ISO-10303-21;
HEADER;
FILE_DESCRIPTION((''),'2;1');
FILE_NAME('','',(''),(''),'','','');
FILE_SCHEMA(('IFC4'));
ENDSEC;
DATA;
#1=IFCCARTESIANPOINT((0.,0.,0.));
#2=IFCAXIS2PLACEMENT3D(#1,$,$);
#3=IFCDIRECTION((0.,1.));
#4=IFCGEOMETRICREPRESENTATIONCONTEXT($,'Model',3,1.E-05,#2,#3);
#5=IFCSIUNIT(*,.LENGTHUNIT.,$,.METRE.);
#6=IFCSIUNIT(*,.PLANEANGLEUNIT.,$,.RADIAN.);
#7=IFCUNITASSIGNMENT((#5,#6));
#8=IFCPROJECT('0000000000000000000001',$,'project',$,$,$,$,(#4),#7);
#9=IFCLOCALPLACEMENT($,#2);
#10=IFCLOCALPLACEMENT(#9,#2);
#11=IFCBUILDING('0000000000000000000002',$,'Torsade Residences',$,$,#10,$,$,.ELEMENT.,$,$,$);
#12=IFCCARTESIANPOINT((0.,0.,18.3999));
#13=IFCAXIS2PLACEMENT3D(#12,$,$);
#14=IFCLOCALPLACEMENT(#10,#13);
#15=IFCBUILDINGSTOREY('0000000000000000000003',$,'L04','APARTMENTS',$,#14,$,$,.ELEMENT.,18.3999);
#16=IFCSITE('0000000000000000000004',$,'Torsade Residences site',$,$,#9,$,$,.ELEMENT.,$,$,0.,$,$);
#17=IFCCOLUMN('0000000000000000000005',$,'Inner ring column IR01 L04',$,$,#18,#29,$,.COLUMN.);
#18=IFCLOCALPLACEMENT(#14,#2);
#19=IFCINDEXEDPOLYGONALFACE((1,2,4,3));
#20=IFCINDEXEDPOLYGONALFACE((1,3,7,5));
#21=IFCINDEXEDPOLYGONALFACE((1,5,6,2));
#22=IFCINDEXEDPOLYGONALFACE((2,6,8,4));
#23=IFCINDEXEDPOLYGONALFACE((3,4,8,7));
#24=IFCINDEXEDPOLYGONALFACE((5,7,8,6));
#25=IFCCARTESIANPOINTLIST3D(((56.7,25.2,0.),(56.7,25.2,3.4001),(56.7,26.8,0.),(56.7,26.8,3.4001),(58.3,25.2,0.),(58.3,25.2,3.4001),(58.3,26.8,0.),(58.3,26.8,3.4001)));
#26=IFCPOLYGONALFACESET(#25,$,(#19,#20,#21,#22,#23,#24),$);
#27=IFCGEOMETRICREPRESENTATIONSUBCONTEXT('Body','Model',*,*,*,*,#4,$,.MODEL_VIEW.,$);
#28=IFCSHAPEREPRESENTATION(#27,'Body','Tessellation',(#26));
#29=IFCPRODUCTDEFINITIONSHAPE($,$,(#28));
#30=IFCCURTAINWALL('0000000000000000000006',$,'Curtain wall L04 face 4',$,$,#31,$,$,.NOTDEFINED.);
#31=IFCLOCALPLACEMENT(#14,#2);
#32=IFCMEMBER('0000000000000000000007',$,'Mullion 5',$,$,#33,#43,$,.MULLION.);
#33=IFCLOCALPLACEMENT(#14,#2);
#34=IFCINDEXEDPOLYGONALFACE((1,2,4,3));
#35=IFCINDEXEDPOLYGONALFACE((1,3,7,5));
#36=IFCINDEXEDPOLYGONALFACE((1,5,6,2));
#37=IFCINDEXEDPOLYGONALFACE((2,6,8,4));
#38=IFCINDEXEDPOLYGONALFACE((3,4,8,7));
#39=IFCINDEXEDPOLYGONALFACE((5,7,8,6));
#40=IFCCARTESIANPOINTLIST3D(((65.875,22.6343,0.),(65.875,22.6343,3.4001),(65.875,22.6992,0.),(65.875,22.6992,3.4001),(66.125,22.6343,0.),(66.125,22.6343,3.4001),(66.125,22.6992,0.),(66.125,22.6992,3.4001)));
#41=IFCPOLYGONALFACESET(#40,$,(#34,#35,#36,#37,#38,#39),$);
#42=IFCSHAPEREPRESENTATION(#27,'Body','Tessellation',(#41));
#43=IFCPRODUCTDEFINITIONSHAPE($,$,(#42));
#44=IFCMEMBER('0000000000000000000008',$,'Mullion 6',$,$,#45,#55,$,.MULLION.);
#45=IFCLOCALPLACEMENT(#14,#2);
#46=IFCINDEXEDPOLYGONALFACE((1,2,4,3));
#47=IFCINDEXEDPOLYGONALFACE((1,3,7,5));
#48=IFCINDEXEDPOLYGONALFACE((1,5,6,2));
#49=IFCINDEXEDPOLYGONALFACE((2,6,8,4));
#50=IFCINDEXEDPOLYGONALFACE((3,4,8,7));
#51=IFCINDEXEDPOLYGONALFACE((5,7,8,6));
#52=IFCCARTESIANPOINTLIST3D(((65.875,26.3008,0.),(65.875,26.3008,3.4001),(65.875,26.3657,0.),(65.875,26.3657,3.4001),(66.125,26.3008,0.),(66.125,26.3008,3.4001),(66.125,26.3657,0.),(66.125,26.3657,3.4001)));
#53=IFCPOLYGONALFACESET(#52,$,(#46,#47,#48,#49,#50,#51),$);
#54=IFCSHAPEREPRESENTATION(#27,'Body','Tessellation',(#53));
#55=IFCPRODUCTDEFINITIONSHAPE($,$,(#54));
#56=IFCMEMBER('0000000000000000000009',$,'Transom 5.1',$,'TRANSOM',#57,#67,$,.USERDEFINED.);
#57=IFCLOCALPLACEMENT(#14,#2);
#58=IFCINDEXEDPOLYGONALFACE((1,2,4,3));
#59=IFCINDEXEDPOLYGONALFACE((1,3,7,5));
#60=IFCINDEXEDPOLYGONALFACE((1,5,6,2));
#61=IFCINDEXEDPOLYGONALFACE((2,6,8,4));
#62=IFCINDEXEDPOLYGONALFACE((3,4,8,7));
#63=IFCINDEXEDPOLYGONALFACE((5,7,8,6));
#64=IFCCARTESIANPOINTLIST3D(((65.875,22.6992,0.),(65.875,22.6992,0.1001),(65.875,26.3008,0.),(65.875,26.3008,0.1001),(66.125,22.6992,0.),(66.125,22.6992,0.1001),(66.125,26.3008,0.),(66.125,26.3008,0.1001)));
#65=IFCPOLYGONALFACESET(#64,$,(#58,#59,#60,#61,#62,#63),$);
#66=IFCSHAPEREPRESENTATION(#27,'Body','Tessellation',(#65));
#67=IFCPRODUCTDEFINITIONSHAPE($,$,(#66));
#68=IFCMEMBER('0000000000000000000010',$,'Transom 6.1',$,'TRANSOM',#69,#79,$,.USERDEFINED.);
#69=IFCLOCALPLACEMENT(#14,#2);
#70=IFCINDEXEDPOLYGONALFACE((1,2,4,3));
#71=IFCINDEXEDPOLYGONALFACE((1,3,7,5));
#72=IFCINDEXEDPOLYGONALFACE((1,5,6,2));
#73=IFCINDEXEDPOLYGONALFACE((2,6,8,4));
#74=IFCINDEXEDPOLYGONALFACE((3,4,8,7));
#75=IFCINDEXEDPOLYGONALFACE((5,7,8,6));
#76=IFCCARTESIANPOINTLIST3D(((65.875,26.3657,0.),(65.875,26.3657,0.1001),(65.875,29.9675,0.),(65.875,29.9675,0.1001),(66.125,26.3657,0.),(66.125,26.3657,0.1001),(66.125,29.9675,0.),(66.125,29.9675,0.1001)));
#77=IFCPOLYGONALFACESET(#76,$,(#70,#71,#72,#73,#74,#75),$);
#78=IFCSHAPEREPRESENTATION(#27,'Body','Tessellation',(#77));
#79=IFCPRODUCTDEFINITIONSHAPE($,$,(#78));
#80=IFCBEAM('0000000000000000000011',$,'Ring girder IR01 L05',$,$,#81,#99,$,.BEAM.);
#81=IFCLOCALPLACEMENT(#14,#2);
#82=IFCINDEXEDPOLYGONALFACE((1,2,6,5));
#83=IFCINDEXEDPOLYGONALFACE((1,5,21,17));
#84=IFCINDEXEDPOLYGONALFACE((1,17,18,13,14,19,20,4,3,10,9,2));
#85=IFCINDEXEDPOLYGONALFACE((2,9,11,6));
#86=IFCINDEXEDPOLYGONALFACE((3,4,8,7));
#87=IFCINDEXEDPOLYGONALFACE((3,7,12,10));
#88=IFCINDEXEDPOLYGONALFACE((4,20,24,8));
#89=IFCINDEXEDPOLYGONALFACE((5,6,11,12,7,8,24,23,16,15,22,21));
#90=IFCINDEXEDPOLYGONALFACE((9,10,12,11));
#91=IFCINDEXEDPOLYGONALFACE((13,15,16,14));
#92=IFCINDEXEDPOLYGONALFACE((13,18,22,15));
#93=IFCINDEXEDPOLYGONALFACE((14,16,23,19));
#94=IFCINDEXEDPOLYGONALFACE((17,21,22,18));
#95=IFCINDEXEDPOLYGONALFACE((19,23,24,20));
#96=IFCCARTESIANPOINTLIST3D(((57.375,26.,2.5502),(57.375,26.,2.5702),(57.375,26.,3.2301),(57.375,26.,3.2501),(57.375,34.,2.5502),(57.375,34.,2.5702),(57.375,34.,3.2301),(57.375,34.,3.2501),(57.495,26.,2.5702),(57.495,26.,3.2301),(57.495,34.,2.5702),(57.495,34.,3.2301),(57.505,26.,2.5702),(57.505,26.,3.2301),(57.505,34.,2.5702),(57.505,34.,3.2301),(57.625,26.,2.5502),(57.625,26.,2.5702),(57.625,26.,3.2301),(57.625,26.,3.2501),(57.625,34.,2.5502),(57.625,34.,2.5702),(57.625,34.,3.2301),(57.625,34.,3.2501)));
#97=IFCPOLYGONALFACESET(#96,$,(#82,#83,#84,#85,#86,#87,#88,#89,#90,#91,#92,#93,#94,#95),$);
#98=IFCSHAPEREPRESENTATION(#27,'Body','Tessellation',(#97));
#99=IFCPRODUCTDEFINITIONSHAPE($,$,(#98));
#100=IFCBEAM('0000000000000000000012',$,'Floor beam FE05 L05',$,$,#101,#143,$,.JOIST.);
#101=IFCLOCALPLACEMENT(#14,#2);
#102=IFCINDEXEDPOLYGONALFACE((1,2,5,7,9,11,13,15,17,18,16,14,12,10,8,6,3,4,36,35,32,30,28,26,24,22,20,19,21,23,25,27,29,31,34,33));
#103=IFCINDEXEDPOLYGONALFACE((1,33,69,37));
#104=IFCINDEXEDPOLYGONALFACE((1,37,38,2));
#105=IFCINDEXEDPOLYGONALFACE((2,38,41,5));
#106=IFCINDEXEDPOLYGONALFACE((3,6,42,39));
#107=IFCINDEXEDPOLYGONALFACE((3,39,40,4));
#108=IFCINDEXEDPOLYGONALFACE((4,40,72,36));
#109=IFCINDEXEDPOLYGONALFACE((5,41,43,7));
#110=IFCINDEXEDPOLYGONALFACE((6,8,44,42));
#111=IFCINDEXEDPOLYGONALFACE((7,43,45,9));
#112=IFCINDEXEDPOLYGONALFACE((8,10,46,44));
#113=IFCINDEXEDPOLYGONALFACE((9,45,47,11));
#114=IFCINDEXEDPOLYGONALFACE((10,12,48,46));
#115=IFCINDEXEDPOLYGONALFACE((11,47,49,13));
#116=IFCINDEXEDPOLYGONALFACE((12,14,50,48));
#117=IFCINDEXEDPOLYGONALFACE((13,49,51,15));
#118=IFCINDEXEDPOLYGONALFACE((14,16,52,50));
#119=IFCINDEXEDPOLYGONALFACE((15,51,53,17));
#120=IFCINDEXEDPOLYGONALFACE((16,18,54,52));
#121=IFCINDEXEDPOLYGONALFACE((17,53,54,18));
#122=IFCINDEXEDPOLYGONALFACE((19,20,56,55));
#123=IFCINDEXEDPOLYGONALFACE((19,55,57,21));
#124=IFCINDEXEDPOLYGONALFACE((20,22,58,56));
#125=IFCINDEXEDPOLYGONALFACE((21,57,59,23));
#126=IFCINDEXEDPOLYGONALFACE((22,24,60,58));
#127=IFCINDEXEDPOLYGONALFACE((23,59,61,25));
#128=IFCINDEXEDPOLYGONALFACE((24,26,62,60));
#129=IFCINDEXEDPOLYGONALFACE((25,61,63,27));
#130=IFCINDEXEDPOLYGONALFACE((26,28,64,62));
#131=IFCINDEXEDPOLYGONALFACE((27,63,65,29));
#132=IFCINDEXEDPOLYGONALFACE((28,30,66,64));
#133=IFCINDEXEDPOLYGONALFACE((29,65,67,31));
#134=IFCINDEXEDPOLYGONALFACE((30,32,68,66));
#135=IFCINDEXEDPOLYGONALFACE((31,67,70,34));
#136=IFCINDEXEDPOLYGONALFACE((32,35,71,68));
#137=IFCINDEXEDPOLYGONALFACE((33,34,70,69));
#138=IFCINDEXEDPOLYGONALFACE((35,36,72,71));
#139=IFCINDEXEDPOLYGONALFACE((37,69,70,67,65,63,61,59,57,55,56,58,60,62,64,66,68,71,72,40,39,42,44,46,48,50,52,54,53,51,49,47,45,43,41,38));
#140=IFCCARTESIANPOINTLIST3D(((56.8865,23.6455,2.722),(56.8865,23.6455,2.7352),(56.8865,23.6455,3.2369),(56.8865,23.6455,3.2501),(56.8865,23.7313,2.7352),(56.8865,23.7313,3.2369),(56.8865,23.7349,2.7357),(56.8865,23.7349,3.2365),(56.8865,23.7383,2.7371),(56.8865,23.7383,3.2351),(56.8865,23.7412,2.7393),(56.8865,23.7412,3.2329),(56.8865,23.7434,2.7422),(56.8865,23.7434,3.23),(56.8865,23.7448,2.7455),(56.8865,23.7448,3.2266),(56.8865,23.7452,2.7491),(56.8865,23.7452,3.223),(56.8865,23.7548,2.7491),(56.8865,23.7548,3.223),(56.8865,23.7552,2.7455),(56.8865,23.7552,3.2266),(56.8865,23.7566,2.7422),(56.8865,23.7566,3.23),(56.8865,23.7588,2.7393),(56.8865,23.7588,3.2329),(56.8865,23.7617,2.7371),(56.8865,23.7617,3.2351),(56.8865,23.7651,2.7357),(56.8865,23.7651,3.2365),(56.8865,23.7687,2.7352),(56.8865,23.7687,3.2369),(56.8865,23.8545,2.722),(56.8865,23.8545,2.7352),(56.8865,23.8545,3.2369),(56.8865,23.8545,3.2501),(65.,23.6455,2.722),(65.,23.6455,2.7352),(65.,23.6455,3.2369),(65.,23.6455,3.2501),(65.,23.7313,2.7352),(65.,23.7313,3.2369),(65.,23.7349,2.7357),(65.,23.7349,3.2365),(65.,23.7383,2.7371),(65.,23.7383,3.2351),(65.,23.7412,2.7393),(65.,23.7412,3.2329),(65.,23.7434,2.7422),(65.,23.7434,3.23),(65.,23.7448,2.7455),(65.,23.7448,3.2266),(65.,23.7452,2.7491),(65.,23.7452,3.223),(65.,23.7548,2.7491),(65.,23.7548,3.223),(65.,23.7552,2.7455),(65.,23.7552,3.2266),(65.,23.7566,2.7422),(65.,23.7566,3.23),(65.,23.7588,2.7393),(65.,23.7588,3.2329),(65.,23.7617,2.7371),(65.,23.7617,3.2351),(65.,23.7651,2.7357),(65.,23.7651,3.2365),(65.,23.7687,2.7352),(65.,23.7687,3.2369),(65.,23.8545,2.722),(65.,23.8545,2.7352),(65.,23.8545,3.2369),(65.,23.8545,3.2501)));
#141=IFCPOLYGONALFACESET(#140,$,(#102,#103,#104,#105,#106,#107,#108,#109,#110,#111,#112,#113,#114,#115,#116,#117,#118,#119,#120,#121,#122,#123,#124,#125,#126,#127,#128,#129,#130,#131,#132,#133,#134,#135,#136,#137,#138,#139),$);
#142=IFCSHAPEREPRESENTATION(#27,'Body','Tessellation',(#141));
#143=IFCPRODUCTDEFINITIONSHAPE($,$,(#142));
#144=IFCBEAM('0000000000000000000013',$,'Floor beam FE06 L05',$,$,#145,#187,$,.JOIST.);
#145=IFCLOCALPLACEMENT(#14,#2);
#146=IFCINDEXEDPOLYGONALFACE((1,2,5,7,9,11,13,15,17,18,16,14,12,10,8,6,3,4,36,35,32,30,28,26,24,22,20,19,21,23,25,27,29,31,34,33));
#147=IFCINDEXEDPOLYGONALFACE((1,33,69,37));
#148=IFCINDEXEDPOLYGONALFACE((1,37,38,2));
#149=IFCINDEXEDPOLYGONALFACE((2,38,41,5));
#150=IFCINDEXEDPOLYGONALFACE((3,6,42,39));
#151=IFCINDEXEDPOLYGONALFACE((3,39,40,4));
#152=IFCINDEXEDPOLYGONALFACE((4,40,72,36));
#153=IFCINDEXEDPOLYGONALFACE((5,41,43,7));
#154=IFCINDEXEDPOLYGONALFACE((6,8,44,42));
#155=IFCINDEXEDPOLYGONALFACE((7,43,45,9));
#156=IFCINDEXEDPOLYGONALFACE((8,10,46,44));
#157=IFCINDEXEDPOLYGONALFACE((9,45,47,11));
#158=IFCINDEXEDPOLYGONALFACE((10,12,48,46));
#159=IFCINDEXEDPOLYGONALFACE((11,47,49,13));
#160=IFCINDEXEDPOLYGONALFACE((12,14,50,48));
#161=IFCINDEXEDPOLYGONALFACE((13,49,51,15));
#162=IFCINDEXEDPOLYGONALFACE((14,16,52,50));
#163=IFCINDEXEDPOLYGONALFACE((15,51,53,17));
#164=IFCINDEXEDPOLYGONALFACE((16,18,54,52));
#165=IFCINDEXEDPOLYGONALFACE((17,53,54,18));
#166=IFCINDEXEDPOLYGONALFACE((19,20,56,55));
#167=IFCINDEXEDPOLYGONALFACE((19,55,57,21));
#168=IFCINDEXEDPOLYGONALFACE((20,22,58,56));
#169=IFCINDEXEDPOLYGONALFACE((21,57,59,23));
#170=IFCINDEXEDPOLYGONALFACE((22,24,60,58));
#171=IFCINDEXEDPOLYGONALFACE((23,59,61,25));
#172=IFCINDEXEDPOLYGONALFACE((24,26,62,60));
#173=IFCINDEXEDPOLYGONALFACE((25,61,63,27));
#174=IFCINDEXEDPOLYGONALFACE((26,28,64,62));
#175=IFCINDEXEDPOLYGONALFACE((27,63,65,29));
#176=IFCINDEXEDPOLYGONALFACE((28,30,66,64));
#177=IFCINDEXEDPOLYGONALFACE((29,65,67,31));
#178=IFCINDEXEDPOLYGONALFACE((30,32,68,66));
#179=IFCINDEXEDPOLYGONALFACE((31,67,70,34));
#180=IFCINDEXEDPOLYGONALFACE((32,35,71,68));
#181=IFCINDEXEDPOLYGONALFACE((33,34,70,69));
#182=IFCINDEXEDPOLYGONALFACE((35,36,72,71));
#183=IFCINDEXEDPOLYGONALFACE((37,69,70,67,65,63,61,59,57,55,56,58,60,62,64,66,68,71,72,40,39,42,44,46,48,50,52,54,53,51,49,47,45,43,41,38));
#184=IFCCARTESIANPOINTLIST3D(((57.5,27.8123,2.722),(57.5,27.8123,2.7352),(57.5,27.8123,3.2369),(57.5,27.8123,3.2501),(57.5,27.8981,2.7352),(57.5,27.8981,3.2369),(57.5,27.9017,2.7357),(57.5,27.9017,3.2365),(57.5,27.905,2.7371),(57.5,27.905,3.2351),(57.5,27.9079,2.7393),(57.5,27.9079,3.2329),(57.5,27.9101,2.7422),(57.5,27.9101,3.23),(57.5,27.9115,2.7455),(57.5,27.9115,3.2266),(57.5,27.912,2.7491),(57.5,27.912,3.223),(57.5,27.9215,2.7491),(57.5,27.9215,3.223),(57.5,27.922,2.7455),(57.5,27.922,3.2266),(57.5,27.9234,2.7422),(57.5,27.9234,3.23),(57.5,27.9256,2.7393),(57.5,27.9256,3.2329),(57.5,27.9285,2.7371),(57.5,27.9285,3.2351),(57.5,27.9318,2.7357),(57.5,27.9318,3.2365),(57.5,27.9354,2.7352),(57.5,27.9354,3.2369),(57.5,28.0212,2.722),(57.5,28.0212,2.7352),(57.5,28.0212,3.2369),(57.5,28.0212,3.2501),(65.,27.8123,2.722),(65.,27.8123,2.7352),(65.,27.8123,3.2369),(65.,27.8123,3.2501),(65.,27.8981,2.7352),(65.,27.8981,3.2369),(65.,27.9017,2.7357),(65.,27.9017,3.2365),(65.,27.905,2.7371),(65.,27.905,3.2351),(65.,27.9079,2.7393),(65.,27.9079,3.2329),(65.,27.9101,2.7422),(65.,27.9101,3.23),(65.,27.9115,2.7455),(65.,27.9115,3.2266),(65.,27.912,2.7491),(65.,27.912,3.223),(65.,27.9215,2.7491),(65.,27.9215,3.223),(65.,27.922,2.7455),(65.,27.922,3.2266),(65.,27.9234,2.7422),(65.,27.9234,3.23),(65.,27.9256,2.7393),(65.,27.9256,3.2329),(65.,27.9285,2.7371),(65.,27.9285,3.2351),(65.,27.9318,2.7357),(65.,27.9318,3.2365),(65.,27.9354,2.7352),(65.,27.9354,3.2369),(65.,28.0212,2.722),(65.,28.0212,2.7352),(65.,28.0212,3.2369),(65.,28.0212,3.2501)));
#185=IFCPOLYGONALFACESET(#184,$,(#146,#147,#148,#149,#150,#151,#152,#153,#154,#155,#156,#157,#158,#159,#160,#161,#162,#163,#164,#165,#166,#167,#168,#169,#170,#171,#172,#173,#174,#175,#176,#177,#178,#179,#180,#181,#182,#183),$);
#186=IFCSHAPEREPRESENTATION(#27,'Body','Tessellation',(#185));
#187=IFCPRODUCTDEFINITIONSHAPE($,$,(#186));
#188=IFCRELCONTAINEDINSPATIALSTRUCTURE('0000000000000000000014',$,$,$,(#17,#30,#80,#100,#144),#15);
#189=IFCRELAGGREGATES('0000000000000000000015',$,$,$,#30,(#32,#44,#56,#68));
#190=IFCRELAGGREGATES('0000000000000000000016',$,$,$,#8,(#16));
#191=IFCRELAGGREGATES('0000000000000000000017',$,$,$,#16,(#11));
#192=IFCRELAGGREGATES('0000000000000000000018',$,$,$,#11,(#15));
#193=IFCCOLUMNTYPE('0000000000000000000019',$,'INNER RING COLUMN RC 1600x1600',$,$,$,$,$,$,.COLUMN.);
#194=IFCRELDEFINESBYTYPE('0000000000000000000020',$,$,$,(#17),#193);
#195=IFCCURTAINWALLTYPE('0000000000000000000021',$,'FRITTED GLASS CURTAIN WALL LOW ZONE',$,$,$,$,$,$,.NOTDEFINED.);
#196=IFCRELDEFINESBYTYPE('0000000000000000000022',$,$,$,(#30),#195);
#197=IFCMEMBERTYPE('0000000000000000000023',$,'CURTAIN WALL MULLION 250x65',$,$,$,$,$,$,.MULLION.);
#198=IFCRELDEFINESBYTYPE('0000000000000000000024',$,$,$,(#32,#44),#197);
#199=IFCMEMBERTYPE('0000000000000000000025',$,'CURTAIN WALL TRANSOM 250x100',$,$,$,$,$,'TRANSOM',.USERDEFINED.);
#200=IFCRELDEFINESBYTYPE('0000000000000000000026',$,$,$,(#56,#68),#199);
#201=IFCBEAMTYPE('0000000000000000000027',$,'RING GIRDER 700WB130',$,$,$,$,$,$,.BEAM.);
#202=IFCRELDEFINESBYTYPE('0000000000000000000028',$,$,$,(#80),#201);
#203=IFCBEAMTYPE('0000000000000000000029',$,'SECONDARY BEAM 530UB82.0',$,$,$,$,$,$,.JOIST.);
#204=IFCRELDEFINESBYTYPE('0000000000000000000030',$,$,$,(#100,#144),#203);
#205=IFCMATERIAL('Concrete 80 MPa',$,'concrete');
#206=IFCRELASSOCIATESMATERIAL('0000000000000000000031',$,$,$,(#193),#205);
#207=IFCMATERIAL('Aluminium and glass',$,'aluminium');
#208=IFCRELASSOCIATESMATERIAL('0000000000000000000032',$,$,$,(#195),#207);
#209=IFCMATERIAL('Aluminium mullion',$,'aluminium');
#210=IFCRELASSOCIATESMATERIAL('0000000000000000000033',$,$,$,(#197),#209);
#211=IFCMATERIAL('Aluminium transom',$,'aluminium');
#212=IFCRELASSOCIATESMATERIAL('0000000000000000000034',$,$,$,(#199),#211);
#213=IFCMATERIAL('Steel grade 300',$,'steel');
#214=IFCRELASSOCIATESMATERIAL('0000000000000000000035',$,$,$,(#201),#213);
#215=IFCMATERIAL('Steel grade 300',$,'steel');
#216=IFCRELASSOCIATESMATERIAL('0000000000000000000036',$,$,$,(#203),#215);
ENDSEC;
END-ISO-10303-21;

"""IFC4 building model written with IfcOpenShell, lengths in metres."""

from ifc_helpers import new_model, si_unit, direction, frame, origin, origin_2d, place, context, subcontext, project, spatial, rectangle, i_section, extrude, material, material_profile, profile_set, type_object, element, aggregate, save


model = new_model("IFC4")

# Units and contexts
model_context = context("Model", 3, precision=1e-05, world=origin(), true_north=direction((0.0, 1.0)))
body_context = subcontext(model_context, "Body", "Model", "MODEL_VIEW")
ifc_project = project(units=[si_unit("LENGTHUNIT", "METRE"), si_unit("PLANEANGLEUNIT", "RADIAN")], contexts=[model_context])

# Site, building, storey
site_placement = place(None, origin())
site = spatial("IfcSite", under=ifc_project, at=site_placement, Name="Torsade Residences site", CompositionType="ELEMENT", RefElevation=0.0)
building_placement = place(site_placement, origin())
building = spatial("IfcBuilding", under=site, at=building_placement, Name="Torsade Residences", CompositionType="ELEMENT")
storey_placement = place(building_placement, frame((0.0, 0.0, 18.3999)))
storey = spatial("IfcBuildingStorey", under=building, at=storey_placement, Name="L04", Description="APARTMENTS", CompositionType="ELEMENT", Elevation=18.3999)

# Column
ifc_material_1 = material(Name="Concrete 80 MPa", Category="concrete")
ifc_material_profile_1 = material_profile(ifc_material_1, rectangle(XDim=1.6001, YDim=1.6001, at=origin_2d()), Name="RC 1600x1600")
ifc_profile_set_1 = profile_set([ifc_material_profile_1], Name="Concrete 80 MPa")
column_type = type_object("IfcColumnType", Name="INNER RING COLUMN RC 1600x1600", PredefinedType="COLUMN", material=ifc_profile_set_1)
column_placement = place(storey_placement, frame((57.5, 26.0, 0.0), z_axis=(0.0, 0.0, 1.0), x_axis=(1.0, 0.0, 0.0)))
element("IfcColumn", 1, at=column_placement, inside=storey, type_object=column_type, Name="Inner ring column IR01 L04", PredefinedType="COLUMN", context=body_context, shape_type="SweptSolid", body=[
    extrude(rectangle(XDim=1.6001, YDim=1.6001, at=origin_2d()), origin(), (0.0, 0.0, 1.0), 3.4001),
])

# Curtain wall, members
ifc_material_2 = material(Name="Aluminium and glass", Category="aluminium")
curtain_wall_type = type_object("IfcCurtainWallType", Name="FRITTED GLASS CURTAIN WALL LOW ZONE", PredefinedType="NOTDEFINED", material=ifc_material_2)
curtain_wall_placement = place(storey_placement, origin())
curtain_wall = element("IfcCurtainWall", 2, at=curtain_wall_placement, inside=storey, type_object=curtain_wall_type, Name="Curtain wall L04 face 4", PredefinedType="NOTDEFINED")
ifc_material_3 = material(Name="Aluminium mullion", Category="aluminium")
ifc_material_profile_2 = material_profile(ifc_material_3, rectangle(XDim=0.25, YDim=0.0649, at=origin_2d()), Name="CURTAIN WALL MULLION 250x65")
ifc_profile_set_2 = profile_set([ifc_material_profile_2], Name="Aluminium mullion")
member_type_1 = type_object("IfcMemberType", Name="CURTAIN WALL MULLION 250x65", PredefinedType="MULLION", material=ifc_profile_set_2)
member_1_placement = place(storey_placement, frame((66.0, 22.6667, 0.0), z_axis=(0.0, 0.0, 1.0), x_axis=(-1.0, 0.0, 0.0)))
member_1 = element("IfcMember", 3, at=member_1_placement, type_object=member_type_1, Name="Mullion 5", PredefinedType="MULLION", context=body_context, shape_type="SweptSolid", body=[
    extrude(rectangle(XDim=0.25, YDim=0.0649, at=origin_2d()), origin(), (0.0, 0.0, 1.0), 3.4001),
])
member_2_placement = place(storey_placement, frame((66.0, 26.3333, 0.0), z_axis=(0.0, 0.0, 1.0), x_axis=(-1.0, 0.0, 0.0)))
member_2 = element("IfcMember", 4, at=member_2_placement, type_object=member_type_1, Name="Mullion 6", PredefinedType="MULLION", context=body_context, shape_type="SweptSolid", body=[
    extrude(rectangle(XDim=0.25, YDim=0.0649, at=origin_2d()), origin(), (0.0, 0.0, 1.0), 3.4001),
])
ifc_material_4 = material(Name="Aluminium transom", Category="aluminium")
ifc_material_profile_3 = material_profile(ifc_material_4, rectangle(XDim=0.25, YDim=0.1001, at=origin_2d()), Name="CURTAIN WALL TRANSOM 250x100")
ifc_profile_set_3 = profile_set([ifc_material_profile_3], Name="Aluminium transom")
member_type_2 = type_object("IfcMemberType", Name="CURTAIN WALL TRANSOM 250x100", ElementType="TRANSOM", PredefinedType="USERDEFINED", material=ifc_profile_set_3)
member_3_placement = place(storey_placement, frame((66.0, 22.6992, 0.05), z_axis=(0.0, 1.0, 0.0), x_axis=(-1.0, 0.0, 0.0)))
member_3 = element("IfcMember", 5, at=member_3_placement, type_object=member_type_2, Name="Transom 5.1", ObjectType="TRANSOM", PredefinedType="USERDEFINED", context=body_context, shape_type="SweptSolid", body=[
    extrude(rectangle(XDim=0.25, YDim=0.1001, at=origin_2d()), origin(), (0.0, 0.0, 1.0), 3.6016),
])
member_4_placement = place(storey_placement, frame((66.0, 26.3657, 0.05), z_axis=(0.0, 1.0, 0.0), x_axis=(-1.0, 0.0, 0.0)))
member_4 = element("IfcMember", 6, at=member_4_placement, type_object=member_type_2, Name="Transom 6.1", ObjectType="TRANSOM", PredefinedType="USERDEFINED", context=body_context, shape_type="SweptSolid", body=[
    extrude(rectangle(XDim=0.25, YDim=0.1001, at=origin_2d()), origin(), (0.0, 0.0, 1.0), 3.6018),
])

# Beams
ifc_material_5 = material(Name="Steel grade 300", Category="steel")
ifc_material_profile_4 = material_profile(ifc_material_5, i_section(OverallWidth=0.25, OverallDepth=0.7, WebThickness=0.01, FlangeThickness=0.02, at=origin_2d()), Name="700WB130")
ifc_profile_set_4 = profile_set([ifc_material_profile_4], Name="Steel grade 300")
beam_type_1 = type_object("IfcBeamType", Name="RING GIRDER 700WB130", PredefinedType="BEAM", material=ifc_profile_set_4)
beam_1_placement = place(storey_placement, frame((57.5, 26.0, 2.9001), z_axis=(0.0, 1.0, 0.0), x_axis=(-1.0, 0.0, 0.0)))
element("IfcBeam", 7, at=beam_1_placement, inside=storey, type_object=beam_type_1, Name="Ring girder IR01 L05", PredefinedType="BEAM", context=body_context, shape_type="SweptSolid", body=[
    extrude(i_section(OverallWidth=0.25, OverallDepth=0.7, WebThickness=0.01, FlangeThickness=0.02, at=origin_2d()), origin(), (0.0, 0.0, 1.0), 8.0),
])
ifc_material_6 = material(Name="Steel grade 300", Category="steel")
ifc_material_profile_5 = material_profile(ifc_material_6, i_section(OverallWidth=0.209, OverallDepth=0.5281, WebThickness=0.0095, FlangeThickness=0.0132, FilletRadius=0.0139, at=origin_2d()), Name="530UB82.0")
ifc_profile_set_5 = profile_set([ifc_material_profile_5], Name="Steel grade 300")
beam_type_2 = type_object("IfcBeamType", Name="SECONDARY BEAM 530UB82.0", PredefinedType="JOIST", material=ifc_profile_set_5)
beam_2_placement = place(storey_placement, frame((65.0, 23.75, 2.9861), z_axis=(-1.0, 0.0, 0.0), x_axis=(0.0, -1.0, 0.0)))
element("IfcBeam", 8, at=beam_2_placement, inside=storey, type_object=beam_type_2, Name="Floor beam FE05 L05", PredefinedType="JOIST", context=body_context, shape_type="SweptSolid", body=[
    extrude(i_section(OverallWidth=0.209, OverallDepth=0.5281, WebThickness=0.0095, FlangeThickness=0.0132, FilletRadius=0.0139, at=origin_2d()), origin(), (0.0, 0.0, 1.0), 8.1135),
])
beam_3_placement = place(storey_placement, frame((65.0, 27.9167, 2.9861), z_axis=(-1.0, 0.0, 0.0), x_axis=(0.0, -1.0, 0.0)))
element("IfcBeam", 9, at=beam_3_placement, inside=storey, type_object=beam_type_2, Name="Floor beam FE06 L05", PredefinedType="JOIST", context=body_context, shape_type="SweptSolid", body=[
    extrude(i_section(OverallWidth=0.209, OverallDepth=0.5281, WebThickness=0.0095, FlangeThickness=0.0132, FilletRadius=0.0139, at=origin_2d()), origin(), (0.0, 0.0, 1.0), 7.5),
])

aggregate(curtain_wall, [member_1, member_2, member_3, member_4])

save(model, "model.ifc")
